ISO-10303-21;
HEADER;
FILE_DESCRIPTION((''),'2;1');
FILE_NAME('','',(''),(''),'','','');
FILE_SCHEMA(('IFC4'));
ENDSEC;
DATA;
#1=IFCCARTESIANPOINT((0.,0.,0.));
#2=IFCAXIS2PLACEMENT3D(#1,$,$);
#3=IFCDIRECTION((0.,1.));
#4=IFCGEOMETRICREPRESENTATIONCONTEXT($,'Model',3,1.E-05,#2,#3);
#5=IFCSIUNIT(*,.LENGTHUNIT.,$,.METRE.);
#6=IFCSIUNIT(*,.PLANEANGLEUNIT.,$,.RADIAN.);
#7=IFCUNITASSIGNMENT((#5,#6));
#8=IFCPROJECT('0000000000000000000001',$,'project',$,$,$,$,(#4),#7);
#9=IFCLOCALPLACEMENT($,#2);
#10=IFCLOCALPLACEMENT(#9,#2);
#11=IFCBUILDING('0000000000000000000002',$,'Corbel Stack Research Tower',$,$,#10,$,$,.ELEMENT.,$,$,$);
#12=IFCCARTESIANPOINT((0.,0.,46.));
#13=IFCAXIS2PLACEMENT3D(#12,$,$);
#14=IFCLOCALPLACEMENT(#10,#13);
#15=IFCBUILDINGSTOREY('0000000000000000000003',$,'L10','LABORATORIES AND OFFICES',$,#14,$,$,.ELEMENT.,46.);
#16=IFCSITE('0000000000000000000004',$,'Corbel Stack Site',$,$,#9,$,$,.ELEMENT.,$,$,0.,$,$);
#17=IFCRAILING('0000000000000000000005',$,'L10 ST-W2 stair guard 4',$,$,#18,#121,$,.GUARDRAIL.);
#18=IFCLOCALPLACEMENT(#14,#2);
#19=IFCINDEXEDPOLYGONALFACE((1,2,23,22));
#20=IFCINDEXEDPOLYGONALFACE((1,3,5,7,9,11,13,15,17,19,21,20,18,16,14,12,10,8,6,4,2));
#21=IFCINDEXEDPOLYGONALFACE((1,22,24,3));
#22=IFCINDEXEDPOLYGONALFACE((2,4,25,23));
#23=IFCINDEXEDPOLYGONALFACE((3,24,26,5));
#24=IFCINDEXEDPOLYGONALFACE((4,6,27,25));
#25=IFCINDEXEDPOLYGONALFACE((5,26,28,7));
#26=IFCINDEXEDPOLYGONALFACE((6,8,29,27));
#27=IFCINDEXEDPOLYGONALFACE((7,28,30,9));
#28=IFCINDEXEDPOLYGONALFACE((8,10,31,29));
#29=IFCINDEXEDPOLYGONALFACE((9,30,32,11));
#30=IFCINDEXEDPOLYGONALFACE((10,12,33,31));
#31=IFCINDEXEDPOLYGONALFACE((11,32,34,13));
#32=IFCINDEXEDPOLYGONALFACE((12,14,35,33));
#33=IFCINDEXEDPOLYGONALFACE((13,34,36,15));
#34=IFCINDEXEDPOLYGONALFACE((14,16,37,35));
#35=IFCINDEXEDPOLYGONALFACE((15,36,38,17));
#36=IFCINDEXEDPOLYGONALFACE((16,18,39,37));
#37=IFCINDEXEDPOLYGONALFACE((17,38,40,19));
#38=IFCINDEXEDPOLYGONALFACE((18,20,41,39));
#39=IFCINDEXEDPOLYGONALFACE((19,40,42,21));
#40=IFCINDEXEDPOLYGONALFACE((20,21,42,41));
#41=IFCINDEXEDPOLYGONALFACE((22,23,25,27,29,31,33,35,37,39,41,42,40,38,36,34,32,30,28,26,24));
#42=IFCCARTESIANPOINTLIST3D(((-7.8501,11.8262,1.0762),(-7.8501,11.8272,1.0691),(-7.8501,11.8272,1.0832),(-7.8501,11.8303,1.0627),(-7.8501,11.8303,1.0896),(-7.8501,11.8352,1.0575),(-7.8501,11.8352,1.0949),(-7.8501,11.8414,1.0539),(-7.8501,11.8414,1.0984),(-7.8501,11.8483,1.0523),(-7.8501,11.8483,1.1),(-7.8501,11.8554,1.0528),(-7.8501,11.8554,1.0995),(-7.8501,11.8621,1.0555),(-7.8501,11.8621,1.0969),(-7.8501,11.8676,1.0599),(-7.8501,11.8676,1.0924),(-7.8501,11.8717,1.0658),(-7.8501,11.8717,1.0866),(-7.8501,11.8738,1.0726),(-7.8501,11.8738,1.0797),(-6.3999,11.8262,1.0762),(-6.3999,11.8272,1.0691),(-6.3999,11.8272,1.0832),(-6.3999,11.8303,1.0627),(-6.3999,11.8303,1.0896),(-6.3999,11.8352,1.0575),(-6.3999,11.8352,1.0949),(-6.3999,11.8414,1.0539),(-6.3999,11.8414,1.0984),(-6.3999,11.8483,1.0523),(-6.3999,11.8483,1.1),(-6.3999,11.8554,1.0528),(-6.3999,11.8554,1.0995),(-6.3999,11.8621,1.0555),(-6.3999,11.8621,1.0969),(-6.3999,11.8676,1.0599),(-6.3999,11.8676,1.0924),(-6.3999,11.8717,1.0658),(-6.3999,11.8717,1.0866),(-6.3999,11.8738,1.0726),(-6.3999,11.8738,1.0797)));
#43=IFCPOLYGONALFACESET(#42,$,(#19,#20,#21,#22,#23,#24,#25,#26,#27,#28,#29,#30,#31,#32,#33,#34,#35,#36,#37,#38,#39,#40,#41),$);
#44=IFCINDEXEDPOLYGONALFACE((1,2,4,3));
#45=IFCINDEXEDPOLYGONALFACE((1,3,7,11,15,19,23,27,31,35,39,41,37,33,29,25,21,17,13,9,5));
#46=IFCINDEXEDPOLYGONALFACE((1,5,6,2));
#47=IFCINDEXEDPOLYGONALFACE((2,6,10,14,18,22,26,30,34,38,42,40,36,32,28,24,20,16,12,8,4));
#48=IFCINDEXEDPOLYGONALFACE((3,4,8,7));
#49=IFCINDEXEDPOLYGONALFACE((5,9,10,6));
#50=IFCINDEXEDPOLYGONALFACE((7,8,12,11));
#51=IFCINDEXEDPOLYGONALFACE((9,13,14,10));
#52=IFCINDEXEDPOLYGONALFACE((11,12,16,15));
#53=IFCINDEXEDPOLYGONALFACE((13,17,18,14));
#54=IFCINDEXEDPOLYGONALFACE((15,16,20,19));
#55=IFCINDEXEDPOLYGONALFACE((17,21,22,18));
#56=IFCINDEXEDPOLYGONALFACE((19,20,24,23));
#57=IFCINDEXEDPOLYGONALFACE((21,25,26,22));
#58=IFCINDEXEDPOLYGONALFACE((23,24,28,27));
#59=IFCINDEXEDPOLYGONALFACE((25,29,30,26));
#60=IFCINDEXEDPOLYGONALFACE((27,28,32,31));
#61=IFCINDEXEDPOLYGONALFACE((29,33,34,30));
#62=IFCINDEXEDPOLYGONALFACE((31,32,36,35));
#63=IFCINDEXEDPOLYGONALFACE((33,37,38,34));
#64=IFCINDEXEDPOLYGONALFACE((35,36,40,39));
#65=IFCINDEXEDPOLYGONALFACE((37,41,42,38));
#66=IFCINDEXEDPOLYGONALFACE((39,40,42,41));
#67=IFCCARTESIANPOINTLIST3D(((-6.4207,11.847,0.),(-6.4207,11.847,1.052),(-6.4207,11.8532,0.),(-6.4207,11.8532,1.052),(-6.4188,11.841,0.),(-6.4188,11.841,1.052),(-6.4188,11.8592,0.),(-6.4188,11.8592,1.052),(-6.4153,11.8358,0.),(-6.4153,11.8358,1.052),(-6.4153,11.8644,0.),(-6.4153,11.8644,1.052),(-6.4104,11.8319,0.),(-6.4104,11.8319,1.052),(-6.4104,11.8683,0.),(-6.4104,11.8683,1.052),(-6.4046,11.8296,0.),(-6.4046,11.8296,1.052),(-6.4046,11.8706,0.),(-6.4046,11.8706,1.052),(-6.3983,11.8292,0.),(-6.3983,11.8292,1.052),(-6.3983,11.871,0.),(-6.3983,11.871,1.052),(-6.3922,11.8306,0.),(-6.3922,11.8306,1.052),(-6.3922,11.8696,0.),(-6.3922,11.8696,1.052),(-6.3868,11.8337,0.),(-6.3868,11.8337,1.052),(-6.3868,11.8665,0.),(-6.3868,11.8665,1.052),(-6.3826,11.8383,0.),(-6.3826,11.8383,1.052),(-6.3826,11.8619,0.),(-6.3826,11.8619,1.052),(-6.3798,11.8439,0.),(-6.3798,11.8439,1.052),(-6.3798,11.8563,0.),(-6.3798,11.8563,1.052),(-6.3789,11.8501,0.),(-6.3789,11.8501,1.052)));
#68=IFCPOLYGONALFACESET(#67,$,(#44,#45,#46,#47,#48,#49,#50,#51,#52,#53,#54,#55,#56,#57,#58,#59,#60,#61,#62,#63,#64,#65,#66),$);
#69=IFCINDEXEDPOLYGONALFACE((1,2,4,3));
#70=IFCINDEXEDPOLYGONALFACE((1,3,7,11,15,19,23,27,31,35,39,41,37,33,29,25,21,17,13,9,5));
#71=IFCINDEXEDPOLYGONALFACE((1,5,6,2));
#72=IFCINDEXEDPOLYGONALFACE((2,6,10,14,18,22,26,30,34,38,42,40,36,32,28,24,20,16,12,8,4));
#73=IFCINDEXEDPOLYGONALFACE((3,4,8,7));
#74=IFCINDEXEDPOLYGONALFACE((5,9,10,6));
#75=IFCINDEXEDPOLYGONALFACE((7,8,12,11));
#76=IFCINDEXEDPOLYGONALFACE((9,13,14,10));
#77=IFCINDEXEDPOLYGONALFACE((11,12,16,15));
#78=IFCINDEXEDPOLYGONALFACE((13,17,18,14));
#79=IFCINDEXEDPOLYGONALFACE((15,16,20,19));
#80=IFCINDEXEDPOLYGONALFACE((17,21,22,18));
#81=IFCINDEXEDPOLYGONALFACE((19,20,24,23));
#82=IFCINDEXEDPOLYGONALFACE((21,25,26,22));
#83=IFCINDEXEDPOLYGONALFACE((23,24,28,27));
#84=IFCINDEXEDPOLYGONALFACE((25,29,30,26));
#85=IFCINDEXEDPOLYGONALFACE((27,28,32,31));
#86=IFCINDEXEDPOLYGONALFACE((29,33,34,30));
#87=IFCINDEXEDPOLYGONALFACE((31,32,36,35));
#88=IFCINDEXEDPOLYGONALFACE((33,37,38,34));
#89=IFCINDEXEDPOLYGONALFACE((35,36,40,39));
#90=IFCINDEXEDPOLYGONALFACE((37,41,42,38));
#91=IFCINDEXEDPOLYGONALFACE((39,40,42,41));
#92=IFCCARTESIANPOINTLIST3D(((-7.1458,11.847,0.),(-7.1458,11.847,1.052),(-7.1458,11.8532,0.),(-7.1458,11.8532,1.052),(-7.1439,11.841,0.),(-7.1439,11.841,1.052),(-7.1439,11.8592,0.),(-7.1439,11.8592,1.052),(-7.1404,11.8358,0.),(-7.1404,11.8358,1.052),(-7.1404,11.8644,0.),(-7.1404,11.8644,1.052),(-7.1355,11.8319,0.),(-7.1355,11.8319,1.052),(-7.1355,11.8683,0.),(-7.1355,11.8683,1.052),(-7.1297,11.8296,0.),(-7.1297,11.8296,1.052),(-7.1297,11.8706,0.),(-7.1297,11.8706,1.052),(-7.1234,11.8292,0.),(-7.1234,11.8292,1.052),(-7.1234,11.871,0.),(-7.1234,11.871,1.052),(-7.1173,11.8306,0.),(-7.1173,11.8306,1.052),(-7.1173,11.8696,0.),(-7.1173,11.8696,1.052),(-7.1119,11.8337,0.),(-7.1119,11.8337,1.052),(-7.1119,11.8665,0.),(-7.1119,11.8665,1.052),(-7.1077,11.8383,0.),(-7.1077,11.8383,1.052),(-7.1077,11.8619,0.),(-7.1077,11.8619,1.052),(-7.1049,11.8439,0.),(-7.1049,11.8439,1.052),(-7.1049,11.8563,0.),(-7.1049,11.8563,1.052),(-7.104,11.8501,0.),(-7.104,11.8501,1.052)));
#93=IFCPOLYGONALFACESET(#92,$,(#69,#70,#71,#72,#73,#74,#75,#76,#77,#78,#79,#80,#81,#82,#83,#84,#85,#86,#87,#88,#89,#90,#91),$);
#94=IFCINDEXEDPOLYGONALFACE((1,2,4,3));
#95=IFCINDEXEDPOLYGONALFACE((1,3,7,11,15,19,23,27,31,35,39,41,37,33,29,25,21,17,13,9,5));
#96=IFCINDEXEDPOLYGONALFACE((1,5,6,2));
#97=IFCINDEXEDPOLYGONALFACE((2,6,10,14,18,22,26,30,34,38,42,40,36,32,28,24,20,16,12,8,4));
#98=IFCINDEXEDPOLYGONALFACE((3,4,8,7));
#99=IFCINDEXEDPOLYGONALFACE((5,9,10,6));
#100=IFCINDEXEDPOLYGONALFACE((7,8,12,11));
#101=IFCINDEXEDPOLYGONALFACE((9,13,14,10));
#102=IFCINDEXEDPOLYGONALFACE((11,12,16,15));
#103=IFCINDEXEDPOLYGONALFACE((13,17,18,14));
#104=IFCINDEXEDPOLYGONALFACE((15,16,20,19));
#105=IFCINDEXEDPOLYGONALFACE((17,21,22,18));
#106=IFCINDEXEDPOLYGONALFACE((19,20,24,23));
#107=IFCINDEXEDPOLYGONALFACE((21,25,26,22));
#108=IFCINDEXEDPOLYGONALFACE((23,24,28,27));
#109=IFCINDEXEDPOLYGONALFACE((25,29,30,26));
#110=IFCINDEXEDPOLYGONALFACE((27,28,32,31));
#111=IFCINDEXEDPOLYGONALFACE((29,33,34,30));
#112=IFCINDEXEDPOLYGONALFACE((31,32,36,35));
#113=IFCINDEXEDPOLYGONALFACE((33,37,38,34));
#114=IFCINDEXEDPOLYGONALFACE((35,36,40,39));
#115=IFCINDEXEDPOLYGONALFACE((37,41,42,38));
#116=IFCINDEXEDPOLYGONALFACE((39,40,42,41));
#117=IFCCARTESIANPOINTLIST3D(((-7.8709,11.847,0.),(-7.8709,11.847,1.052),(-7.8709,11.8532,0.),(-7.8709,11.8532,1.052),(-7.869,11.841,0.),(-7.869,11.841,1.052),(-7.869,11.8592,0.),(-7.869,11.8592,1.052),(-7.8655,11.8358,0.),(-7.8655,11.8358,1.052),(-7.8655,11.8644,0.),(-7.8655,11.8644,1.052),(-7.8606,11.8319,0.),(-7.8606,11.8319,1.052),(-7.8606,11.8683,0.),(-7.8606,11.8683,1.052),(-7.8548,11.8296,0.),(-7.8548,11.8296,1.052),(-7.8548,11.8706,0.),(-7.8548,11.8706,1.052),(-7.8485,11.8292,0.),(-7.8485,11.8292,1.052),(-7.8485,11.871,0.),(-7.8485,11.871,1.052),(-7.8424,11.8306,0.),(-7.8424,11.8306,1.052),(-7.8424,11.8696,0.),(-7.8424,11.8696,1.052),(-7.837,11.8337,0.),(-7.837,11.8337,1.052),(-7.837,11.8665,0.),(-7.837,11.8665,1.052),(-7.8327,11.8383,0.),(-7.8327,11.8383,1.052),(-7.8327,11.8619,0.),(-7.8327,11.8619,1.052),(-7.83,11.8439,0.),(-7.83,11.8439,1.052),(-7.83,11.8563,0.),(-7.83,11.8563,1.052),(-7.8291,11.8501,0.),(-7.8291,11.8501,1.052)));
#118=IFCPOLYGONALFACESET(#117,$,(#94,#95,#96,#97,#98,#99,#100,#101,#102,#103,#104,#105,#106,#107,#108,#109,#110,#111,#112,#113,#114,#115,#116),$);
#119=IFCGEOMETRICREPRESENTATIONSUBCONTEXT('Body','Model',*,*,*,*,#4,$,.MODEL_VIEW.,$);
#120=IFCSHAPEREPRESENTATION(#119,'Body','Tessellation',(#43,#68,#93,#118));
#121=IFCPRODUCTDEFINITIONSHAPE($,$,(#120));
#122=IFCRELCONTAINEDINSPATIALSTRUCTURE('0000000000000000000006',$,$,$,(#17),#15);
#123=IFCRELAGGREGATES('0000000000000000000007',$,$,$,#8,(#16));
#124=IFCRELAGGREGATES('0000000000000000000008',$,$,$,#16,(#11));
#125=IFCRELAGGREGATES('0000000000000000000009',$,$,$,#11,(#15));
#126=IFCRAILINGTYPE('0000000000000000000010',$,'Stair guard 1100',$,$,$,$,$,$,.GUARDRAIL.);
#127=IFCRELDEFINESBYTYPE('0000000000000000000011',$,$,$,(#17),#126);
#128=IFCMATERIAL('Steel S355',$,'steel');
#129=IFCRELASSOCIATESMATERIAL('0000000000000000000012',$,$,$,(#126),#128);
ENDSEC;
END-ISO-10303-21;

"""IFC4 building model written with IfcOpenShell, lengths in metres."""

from ifc_helpers import new_model, si_unit, direction, frame, origin, origin_2d, place, context, subcontext, project, spatial, circle, extrude, material, type_object, element, save


model = new_model("IFC4")

# Units and contexts
model_context = context("Model", 3, precision=1e-05, world=origin(), true_north=direction((0.0, 1.0)))
body_context = subcontext(model_context, "Body", "Model", "MODEL_VIEW")
ifc_project = project(units=[si_unit("LENGTHUNIT", "METRE"), si_unit("PLANEANGLEUNIT", "RADIAN")], contexts=[model_context])

# Site, building, storey
site_placement = place(None, origin())
site = spatial("IfcSite", under=ifc_project, at=site_placement, Name="Corbel Stack Site", CompositionType="ELEMENT", RefElevation=0.0)
building_placement = place(site_placement, origin())
building = spatial("IfcBuilding", under=site, at=building_placement, Name="Corbel Stack Research Tower", CompositionType="ELEMENT")
storey_placement = place(building_placement, frame((0.0, 0.0, 46.0)))
storey = spatial("IfcBuildingStorey", under=building, at=storey_placement, Name="L10", Description="LABORATORIES AND OFFICES", CompositionType="ELEMENT", Elevation=46.0)

# Railing
ifc_material_1 = material(Name="Steel S355", Category="steel")
railing_type_1 = type_object("IfcRailingType", Name="Stair guard 1100", PredefinedType="GUARDRAIL", material=ifc_material_1)
railing_1_placement = place(storey_placement, frame((-6.3999, 11.8501, 0.0)))
element("IfcRailing", 1, at=railing_1_placement, inside=storey, type_object=railing_type_1, Name="L10 ST-W2 stair guard 4", PredefinedType="GUARDRAIL", context=body_context, shape_type="SweptSolid", body=[
    extrude(circle(Radius=0.0239, at=origin_2d()), frame((0.0, 0.0, 1.0762), z_axis=(-1.0, 0.0, 0.0), x_axis=(0.0, -1.0, 0.0)), (0.0, 0.0, 1.0), 1.4502),
    extrude(circle(Radius=0.021, at=origin_2d()), origin(), (0.0, 0.0, 1.0), 1.052),
    extrude(circle(Radius=0.021, at=origin_2d()), frame((-0.7251, 0.0, 0.0)), (0.0, 0.0, 1.0), 1.052),
    extrude(circle(Radius=0.021, at=origin_2d()), frame((-1.4502, 0.0, 0.0)), (0.0, 0.0, 1.0), 1.052),
])

save(model, "model.ifc")
